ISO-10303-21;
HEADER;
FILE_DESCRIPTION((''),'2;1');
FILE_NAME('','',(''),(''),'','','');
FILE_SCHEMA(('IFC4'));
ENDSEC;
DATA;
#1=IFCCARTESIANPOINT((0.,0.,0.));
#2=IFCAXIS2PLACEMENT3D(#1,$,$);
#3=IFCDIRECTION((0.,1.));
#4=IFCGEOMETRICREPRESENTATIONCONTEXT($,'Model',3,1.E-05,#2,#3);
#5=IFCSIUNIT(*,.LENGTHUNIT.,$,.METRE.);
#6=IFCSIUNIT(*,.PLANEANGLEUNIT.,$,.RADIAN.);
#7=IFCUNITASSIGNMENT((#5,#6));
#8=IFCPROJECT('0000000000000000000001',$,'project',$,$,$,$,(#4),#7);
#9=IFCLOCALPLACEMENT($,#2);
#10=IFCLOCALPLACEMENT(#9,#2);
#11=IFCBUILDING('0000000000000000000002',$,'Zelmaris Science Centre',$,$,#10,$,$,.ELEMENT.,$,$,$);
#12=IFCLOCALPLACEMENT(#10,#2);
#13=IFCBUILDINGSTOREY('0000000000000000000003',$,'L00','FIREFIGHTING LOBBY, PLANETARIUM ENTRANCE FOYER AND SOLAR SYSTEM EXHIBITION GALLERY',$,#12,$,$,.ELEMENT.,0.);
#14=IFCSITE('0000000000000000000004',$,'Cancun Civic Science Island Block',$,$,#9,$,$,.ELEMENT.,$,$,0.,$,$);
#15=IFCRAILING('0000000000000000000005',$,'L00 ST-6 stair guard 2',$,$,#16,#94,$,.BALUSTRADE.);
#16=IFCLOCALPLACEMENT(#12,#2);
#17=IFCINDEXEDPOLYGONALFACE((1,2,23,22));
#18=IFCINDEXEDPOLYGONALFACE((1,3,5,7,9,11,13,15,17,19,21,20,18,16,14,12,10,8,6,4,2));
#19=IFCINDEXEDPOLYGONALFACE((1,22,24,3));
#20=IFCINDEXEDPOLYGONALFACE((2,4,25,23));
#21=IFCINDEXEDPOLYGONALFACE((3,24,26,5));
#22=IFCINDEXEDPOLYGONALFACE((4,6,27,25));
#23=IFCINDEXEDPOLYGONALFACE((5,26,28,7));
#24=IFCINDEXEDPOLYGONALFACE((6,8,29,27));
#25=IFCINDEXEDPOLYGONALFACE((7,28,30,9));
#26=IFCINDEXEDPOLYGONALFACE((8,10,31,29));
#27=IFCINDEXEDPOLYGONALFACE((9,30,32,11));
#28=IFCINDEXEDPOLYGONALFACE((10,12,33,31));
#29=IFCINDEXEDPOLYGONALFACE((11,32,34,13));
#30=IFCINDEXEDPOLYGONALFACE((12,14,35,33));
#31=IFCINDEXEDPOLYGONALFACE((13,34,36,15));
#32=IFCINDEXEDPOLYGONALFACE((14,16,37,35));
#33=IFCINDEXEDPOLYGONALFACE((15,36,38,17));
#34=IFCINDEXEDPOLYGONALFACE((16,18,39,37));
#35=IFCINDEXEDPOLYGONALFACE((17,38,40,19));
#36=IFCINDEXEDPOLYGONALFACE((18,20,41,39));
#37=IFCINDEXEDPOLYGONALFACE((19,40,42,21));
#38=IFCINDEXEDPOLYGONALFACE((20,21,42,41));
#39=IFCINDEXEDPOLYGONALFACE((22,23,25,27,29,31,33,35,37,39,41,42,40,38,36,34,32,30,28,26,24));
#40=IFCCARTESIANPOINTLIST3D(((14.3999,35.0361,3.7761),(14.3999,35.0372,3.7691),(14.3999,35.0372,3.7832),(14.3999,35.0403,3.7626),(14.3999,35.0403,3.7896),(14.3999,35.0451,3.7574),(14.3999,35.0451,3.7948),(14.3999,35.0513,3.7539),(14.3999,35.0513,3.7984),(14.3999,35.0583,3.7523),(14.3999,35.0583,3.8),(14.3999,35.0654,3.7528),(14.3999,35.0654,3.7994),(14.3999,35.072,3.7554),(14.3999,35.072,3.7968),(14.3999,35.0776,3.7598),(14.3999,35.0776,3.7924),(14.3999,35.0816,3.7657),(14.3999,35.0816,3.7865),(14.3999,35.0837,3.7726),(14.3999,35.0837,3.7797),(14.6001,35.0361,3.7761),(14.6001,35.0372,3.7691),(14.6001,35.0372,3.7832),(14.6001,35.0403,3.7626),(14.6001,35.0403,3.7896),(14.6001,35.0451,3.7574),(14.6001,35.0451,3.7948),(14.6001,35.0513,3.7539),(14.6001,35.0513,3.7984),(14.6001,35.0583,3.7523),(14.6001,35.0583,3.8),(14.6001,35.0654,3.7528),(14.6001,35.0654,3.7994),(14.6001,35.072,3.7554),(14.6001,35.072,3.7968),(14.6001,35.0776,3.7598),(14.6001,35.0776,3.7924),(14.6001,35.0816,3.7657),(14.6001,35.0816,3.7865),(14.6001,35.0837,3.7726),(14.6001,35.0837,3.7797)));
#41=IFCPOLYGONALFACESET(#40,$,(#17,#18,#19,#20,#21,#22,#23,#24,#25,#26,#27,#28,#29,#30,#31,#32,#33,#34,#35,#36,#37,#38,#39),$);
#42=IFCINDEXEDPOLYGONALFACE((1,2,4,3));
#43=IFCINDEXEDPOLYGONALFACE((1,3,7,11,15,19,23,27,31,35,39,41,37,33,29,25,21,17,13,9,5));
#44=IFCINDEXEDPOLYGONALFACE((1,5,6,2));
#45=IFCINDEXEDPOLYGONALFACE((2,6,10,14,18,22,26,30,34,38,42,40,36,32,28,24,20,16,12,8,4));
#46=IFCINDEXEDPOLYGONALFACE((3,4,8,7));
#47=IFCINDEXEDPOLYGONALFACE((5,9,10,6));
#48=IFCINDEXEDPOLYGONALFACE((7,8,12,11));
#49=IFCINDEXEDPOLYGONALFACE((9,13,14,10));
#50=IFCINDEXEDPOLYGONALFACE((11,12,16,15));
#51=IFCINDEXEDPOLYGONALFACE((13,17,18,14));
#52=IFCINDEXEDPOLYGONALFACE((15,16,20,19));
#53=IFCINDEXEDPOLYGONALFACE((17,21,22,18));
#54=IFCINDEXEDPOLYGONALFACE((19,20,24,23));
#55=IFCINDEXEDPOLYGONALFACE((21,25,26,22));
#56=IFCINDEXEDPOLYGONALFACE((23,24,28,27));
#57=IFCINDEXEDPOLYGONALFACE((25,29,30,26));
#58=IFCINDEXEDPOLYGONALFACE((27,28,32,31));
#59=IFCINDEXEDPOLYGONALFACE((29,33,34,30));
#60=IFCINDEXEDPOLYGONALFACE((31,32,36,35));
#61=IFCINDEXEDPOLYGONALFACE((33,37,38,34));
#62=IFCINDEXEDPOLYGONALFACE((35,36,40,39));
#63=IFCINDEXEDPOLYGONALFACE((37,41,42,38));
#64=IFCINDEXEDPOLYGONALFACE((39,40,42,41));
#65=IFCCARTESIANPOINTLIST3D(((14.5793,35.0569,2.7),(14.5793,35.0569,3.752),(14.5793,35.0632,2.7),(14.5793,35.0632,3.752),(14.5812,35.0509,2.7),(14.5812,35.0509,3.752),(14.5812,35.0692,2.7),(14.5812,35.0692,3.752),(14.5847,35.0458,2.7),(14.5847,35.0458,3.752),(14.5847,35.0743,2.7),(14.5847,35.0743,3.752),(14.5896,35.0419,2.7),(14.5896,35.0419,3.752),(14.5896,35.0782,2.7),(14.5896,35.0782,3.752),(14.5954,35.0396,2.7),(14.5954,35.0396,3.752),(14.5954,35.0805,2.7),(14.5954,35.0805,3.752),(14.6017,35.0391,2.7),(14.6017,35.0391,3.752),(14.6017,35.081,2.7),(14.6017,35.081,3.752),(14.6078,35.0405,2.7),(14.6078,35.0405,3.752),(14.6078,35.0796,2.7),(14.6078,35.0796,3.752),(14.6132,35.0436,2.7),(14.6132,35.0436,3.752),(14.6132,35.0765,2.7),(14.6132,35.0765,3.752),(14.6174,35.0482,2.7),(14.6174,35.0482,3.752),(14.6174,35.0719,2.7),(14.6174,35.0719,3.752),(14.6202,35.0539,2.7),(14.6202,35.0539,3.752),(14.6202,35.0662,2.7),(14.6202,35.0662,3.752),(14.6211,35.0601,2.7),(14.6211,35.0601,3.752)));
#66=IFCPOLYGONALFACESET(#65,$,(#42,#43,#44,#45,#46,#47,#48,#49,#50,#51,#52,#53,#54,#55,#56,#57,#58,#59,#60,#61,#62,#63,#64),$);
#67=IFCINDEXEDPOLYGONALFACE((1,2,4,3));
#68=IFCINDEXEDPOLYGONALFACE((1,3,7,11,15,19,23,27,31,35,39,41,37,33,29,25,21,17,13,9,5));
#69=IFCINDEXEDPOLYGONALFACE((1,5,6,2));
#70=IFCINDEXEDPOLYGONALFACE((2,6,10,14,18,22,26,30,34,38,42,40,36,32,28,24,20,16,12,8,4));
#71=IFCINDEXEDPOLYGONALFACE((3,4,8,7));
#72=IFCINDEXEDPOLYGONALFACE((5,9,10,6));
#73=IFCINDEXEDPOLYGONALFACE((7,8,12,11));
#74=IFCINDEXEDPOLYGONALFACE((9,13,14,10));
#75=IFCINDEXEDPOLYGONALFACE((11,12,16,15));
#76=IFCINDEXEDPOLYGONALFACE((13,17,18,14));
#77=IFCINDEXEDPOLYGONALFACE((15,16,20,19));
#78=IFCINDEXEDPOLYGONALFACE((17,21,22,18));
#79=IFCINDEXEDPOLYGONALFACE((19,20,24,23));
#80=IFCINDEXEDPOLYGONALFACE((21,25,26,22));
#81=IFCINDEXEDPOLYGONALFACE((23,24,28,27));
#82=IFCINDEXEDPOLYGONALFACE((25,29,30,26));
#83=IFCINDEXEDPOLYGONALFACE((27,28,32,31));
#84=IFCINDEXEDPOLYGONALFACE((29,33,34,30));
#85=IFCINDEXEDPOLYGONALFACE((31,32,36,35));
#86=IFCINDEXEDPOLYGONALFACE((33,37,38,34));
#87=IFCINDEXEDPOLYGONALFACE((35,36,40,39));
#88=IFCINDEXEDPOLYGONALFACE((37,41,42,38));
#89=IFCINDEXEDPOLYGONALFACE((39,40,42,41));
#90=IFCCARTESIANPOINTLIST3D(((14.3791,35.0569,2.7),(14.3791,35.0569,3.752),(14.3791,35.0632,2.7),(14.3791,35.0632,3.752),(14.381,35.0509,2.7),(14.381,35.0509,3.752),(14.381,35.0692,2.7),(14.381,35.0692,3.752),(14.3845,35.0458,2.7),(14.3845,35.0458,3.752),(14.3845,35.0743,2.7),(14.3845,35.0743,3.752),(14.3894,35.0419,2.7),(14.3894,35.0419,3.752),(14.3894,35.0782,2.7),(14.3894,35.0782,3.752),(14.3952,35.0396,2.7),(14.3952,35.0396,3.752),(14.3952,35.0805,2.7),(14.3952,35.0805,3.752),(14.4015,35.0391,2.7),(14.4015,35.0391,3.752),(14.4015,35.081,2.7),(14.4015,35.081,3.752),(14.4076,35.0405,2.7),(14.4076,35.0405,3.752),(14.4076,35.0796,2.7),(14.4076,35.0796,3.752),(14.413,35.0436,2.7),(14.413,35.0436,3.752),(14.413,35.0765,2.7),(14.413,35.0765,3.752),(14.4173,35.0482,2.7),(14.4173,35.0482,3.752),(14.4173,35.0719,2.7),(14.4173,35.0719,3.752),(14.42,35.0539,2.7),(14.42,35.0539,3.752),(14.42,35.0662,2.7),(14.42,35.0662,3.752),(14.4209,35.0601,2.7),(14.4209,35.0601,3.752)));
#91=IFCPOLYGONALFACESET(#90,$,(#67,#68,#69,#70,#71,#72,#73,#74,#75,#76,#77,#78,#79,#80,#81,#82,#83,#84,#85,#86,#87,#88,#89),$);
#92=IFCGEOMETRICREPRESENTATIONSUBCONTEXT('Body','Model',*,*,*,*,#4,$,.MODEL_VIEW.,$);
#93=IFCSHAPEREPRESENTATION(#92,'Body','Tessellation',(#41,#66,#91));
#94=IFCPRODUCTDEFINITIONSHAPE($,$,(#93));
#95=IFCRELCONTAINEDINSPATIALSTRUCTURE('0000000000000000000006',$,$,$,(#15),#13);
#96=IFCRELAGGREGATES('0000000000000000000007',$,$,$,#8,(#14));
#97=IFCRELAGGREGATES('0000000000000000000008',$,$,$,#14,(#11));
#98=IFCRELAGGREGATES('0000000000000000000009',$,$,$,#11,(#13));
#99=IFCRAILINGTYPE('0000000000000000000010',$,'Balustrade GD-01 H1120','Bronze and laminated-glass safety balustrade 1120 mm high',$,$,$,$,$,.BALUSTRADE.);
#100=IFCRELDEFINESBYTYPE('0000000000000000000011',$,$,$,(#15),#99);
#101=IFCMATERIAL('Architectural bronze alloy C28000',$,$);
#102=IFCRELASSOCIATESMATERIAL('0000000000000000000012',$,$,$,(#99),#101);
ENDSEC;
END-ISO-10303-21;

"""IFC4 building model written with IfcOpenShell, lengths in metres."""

from ifc_helpers import new_model, si_unit, direction, frame, origin, origin_2d, place, context, subcontext, project, spatial, circle, extrude, material, type_object, element, save


model = new_model("IFC4")

# Units and contexts
model_context = context("Model", 3, precision=1e-05, world=origin(), true_north=direction((0.0, 1.0)))
body_context = subcontext(model_context, "Body", "Model", "MODEL_VIEW")
ifc_project = project(units=[si_unit("LENGTHUNIT", "METRE"), si_unit("PLANEANGLEUNIT", "RADIAN")], contexts=[model_context])

# Site, building, storey
site_placement = place(None, origin())
site = spatial("IfcSite", under=ifc_project, at=site_placement, Name="Cancun Civic Science Island Block", CompositionType="ELEMENT", RefElevation=0.0)
building_placement = place(site_placement, origin())
building = spatial("IfcBuilding", under=site, at=building_placement, Name="Zelmaris Science Centre", CompositionType="ELEMENT")
storey_placement = place(building_placement, origin())
storey = spatial("IfcBuildingStorey", under=building, at=storey_placement, Name="L00", Description="FIREFIGHTING LOBBY, PLANETARIUM ENTRANCE FOYER AND SOLAR SYSTEM EXHIBITION GALLERY", CompositionType="ELEMENT", Elevation=0.0)

# Railing
ifc_material_1 = material(Name="Architectural bronze alloy C28000")
railing_type_1 = type_object("IfcRailingType", Name="Balustrade GD-01 H1120", Description="Bronze and laminated-glass safety balustrade 1120 mm high", PredefinedType="BALUSTRADE", material=ifc_material_1)
railing_1_placement = place(storey_placement, frame((14.6001, 35.0601, 2.7)))
element("IfcRailing", 1, at=railing_1_placement, inside=storey, type_object=railing_type_1, Name="L00 ST-6 stair guard 2", PredefinedType="BALUSTRADE", context=body_context, shape_type="SweptSolid", body=[
    extrude(circle(Radius=0.0239, at=origin_2d()), frame((0.0, 0.0, 1.0762), z_axis=(-1.0, 0.0, 0.0), x_axis=(0.0, -1.0, 0.0)), (0.0, 0.0, 1.0), 0.2002),
    extrude(circle(Radius=0.021, at=origin_2d()), origin(), (0.0, 0.0, 1.0), 1.052),
    extrude(circle(Radius=0.021, at=origin_2d()), frame((-0.2002, 0.0, 0.0)), (0.0, 0.0, 1.0), 1.052),
])

save(model, "model.ifc")
